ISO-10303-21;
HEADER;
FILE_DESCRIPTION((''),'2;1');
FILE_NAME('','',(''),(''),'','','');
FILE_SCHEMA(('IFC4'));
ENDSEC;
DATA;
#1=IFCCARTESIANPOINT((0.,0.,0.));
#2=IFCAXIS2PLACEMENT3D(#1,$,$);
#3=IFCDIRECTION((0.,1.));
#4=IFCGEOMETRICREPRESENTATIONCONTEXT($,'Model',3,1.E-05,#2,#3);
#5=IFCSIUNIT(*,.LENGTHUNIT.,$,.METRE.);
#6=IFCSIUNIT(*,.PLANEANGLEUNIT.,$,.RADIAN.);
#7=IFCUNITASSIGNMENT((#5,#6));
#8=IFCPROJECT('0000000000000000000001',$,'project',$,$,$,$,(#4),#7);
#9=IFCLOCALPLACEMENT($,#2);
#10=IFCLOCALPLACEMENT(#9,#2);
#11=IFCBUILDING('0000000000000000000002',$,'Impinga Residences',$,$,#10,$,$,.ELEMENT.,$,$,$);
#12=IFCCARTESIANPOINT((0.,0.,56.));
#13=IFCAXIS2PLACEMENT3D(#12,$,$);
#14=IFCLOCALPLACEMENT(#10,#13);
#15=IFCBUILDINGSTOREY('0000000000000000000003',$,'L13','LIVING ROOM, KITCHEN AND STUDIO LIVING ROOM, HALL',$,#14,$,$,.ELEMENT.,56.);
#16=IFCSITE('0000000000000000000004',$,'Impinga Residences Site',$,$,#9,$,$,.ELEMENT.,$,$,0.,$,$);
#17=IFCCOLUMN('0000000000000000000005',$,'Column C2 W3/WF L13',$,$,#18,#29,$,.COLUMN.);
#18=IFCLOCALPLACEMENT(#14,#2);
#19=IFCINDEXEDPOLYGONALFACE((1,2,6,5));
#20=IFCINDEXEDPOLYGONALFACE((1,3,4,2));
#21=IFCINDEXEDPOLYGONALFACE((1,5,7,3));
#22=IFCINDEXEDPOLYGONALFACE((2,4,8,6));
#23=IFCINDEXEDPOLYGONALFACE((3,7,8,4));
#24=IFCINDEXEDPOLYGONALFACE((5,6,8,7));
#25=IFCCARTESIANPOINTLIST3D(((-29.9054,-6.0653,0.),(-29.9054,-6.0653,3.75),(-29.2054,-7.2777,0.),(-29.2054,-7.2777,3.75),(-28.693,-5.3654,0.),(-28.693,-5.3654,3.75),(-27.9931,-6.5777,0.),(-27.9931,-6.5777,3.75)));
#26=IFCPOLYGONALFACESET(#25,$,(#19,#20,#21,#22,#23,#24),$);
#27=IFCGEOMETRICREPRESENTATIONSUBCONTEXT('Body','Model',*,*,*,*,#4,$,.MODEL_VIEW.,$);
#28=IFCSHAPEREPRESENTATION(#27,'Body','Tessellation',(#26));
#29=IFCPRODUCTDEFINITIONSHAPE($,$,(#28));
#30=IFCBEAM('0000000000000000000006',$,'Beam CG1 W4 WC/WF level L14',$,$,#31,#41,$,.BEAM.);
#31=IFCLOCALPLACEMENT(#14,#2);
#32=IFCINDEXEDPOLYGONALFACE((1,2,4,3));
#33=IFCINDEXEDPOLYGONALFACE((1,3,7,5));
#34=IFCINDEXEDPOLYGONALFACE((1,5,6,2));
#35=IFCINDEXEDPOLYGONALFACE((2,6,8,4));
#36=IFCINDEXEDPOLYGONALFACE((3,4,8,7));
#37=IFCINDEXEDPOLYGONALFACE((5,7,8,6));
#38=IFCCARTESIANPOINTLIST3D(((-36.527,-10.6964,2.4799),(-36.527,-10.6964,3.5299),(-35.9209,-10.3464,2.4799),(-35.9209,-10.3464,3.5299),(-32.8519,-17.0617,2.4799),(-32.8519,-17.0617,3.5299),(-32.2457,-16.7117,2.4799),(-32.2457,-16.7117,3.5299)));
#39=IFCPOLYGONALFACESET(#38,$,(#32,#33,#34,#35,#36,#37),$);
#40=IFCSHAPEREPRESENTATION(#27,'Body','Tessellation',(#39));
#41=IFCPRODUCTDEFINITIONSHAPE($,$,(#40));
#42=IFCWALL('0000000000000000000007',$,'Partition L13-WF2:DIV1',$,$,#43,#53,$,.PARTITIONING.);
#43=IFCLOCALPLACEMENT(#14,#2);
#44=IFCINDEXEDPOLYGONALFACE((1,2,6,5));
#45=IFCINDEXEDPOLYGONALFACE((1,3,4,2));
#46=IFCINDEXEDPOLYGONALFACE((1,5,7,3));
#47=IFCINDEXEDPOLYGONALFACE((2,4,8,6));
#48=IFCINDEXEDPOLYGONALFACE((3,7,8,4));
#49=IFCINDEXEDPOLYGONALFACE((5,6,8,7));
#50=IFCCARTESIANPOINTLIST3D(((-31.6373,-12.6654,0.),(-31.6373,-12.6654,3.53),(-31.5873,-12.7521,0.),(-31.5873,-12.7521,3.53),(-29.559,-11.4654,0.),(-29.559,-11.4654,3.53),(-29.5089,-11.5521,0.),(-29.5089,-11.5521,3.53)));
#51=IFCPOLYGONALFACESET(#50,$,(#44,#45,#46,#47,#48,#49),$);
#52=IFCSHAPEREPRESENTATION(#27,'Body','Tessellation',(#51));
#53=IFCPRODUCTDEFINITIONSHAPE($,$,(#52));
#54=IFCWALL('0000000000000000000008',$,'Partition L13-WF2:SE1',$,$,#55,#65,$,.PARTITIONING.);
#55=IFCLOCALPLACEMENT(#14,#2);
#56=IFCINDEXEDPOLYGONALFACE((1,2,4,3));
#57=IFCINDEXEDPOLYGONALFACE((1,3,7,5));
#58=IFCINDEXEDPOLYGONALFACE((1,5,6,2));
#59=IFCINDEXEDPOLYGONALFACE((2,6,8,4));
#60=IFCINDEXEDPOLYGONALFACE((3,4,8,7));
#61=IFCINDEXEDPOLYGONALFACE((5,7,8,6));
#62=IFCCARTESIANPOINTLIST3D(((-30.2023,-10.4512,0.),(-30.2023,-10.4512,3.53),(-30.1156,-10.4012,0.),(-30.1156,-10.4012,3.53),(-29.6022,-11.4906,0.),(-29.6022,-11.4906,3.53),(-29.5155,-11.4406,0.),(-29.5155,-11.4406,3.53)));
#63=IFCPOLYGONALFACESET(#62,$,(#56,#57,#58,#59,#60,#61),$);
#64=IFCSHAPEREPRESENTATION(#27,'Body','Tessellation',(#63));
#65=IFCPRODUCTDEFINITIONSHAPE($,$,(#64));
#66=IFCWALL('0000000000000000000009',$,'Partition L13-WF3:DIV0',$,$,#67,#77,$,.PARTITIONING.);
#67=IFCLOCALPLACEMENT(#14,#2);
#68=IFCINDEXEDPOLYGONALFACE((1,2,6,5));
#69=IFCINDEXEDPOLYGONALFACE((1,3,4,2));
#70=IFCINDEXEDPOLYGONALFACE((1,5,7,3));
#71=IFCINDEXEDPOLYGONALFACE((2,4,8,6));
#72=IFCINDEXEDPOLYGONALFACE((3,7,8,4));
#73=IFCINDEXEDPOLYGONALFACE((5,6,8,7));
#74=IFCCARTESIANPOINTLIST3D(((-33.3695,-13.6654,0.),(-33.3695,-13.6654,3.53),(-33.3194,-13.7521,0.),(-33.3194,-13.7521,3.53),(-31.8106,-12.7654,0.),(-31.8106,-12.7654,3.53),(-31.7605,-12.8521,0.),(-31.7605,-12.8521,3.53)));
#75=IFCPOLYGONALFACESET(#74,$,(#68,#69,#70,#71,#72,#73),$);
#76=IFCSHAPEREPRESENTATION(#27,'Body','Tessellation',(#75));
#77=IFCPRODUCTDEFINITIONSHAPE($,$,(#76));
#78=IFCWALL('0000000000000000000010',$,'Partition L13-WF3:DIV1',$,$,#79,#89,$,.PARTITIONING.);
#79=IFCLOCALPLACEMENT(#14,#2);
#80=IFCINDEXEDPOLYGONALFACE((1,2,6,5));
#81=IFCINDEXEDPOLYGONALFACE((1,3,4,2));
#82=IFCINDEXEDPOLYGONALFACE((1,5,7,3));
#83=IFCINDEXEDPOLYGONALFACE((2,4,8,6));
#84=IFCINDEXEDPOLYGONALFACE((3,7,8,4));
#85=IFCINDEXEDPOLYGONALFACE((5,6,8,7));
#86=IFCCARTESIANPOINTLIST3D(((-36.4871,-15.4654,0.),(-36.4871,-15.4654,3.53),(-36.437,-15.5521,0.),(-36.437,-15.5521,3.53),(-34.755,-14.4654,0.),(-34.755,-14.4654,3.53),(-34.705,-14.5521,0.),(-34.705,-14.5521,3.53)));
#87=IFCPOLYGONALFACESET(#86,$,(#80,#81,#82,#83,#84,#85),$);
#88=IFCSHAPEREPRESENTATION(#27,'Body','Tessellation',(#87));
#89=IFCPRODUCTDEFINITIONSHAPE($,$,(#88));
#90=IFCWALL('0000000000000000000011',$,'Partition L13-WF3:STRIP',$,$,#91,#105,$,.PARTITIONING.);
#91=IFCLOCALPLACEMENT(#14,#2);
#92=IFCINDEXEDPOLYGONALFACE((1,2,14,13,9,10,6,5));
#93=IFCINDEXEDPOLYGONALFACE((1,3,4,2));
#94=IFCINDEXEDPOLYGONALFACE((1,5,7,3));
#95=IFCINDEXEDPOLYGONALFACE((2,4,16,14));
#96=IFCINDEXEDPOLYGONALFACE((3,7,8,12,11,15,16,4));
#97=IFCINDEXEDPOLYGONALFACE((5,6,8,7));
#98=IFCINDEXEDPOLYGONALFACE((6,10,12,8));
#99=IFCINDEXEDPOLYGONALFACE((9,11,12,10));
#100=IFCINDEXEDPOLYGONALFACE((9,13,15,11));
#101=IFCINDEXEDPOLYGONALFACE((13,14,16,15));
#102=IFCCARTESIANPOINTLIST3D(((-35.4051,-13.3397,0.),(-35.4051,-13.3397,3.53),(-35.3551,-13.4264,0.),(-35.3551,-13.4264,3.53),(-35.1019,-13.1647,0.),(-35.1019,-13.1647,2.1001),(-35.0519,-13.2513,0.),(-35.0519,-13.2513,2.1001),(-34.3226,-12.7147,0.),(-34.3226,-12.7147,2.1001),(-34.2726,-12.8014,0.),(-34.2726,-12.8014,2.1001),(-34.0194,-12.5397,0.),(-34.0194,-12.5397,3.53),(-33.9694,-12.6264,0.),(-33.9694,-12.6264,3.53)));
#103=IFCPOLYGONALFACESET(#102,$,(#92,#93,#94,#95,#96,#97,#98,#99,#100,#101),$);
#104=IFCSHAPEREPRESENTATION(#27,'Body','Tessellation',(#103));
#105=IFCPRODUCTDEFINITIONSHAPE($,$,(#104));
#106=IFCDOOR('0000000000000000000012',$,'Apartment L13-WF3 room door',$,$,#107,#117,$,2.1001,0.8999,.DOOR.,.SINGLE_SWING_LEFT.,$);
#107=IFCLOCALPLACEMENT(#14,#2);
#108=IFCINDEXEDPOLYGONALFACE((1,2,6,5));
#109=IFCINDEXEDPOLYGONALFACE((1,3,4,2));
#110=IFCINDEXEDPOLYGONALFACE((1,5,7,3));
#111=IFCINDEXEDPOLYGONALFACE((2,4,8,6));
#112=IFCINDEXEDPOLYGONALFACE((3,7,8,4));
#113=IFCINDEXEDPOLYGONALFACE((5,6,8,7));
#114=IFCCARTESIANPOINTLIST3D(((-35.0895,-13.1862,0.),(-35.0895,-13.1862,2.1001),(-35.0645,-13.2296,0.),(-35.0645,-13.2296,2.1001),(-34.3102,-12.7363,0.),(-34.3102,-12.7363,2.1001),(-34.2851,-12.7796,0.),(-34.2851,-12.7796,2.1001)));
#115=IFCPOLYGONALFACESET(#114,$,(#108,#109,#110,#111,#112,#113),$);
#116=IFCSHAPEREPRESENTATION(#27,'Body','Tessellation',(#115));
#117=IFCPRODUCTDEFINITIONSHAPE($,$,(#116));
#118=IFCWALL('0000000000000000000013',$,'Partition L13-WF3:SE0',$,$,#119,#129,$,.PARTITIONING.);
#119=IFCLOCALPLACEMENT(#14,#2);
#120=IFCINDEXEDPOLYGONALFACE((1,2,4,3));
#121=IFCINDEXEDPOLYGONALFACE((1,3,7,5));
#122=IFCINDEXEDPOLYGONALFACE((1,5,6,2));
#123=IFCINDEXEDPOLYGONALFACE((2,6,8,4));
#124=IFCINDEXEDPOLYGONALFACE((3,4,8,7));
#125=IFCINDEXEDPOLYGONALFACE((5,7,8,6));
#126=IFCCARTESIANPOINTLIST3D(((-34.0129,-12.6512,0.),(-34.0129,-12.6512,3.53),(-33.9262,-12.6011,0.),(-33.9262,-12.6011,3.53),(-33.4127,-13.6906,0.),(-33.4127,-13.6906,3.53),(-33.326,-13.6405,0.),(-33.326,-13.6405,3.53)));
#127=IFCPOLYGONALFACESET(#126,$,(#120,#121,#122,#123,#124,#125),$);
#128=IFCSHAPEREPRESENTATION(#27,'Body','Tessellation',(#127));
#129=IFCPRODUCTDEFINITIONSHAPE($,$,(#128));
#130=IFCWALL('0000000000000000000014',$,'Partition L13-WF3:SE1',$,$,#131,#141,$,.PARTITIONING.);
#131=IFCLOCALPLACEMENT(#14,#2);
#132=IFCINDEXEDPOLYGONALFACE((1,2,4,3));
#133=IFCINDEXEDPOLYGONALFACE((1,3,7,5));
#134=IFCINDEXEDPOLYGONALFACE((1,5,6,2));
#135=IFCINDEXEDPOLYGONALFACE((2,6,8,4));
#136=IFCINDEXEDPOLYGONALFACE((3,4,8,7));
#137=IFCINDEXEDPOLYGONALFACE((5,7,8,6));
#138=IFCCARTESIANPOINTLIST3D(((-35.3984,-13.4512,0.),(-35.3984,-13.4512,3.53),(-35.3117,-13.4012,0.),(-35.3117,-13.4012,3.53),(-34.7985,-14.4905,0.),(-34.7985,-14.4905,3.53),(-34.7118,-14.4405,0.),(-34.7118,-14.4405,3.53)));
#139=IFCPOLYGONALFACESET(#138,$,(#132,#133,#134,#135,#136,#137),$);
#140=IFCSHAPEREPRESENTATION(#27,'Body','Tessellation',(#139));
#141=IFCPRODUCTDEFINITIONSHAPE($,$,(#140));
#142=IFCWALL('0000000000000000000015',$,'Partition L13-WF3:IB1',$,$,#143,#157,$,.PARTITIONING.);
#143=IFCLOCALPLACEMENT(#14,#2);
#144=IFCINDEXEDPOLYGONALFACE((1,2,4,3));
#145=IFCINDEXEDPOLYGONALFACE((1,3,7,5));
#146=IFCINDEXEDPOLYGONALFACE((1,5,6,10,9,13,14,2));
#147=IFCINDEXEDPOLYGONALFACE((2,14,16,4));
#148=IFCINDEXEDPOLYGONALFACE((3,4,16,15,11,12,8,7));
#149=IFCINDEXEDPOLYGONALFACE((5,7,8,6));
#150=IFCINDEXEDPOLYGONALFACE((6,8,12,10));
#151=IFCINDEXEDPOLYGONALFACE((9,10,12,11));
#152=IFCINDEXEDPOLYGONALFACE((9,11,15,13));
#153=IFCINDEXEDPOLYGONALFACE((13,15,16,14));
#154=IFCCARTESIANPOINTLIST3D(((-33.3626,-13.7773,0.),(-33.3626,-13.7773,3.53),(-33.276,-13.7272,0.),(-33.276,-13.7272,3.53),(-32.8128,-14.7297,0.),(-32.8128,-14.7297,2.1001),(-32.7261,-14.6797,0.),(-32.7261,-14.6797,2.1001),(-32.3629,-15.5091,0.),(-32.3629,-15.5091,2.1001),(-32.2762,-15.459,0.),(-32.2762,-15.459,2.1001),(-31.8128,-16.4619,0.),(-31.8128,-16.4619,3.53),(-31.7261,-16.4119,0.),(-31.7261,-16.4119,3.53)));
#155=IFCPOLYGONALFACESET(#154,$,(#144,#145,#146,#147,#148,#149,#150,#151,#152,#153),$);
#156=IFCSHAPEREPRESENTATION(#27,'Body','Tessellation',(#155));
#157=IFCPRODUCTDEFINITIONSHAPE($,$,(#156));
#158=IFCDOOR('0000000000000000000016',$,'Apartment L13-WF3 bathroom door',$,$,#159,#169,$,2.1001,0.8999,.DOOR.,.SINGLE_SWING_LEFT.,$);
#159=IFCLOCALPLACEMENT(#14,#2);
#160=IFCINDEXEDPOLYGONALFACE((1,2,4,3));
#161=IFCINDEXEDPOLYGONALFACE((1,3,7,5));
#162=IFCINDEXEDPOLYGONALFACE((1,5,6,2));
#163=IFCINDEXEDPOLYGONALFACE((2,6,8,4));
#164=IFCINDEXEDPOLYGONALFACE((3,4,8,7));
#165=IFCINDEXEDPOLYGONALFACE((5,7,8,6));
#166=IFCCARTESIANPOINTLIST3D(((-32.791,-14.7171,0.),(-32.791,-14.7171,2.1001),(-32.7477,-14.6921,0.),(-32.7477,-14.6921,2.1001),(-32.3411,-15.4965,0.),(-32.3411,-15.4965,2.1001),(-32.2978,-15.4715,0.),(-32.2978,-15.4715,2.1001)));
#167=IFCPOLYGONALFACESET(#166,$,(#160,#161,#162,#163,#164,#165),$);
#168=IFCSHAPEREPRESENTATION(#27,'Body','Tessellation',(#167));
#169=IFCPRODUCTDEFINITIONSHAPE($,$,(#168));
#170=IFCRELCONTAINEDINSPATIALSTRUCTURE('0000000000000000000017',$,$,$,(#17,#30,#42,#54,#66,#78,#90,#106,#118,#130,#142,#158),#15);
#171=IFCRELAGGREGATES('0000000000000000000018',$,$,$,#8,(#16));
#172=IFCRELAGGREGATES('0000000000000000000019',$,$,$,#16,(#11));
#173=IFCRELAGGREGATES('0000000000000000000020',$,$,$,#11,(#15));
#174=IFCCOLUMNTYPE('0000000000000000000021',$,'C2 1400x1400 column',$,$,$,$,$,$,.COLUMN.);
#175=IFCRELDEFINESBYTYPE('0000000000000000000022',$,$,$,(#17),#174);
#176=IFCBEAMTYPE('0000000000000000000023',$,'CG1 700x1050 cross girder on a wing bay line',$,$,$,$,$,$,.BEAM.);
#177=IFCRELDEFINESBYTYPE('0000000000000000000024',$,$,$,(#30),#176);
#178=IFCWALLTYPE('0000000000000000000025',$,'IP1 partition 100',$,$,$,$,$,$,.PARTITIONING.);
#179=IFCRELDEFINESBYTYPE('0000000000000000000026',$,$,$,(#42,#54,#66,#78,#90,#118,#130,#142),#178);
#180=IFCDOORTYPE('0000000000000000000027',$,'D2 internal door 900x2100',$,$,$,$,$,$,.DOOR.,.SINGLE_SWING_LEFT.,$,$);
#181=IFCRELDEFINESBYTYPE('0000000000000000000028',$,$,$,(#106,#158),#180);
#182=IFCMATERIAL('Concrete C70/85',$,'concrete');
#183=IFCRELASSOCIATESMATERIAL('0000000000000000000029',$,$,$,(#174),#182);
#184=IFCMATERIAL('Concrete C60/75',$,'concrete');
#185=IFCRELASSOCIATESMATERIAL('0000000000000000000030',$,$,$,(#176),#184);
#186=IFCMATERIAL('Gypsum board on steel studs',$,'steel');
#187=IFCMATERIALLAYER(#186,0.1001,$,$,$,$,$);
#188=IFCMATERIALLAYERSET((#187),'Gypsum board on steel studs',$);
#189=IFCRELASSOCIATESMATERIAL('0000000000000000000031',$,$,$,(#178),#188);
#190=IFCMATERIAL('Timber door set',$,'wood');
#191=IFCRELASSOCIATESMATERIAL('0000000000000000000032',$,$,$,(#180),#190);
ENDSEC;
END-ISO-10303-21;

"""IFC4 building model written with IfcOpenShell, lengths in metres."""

from ifc_helpers import new_model, si_unit, direction, frame, frame_2d, origin, origin_2d, place, context, subcontext, project, spatial, rectangle, extrude, material, layer, layer_set, material_profile, profile_set, type_object, element, fill, save


model = new_model("IFC4")

# Units and contexts
model_context = context("Model", 3, precision=1e-05, world=origin(), true_north=direction((0.0, 1.0)))
body_context = subcontext(model_context, "Body", "Model", "MODEL_VIEW")
ifc_project = project(units=[si_unit("LENGTHUNIT", "METRE"), si_unit("PLANEANGLEUNIT", "RADIAN")], contexts=[model_context])

# Site, building, storey
site_placement = place(None, origin())
site = spatial("IfcSite", under=ifc_project, at=site_placement, Name="Impinga Residences Site", CompositionType="ELEMENT", RefElevation=0.0)
building_placement = place(site_placement, origin())
building = spatial("IfcBuilding", under=site, at=building_placement, Name="Impinga Residences", CompositionType="ELEMENT")
storey_placement = place(building_placement, frame((0.0, 0.0, 56.0)))
storey = spatial("IfcBuildingStorey", under=building, at=storey_placement, Name="L13", Description="LIVING ROOM, KITCHEN AND STUDIO LIVING ROOM, HALL", CompositionType="ELEMENT", Elevation=56.0)

# Column
ifc_material_1 = material(Name="Concrete C70/85", Category="concrete")
ifc_material_profile_1 = material_profile(ifc_material_1, rectangle(XDim=1.3999, YDim=1.3999, at=origin_2d()), Name="RC 1400x1400")
ifc_profile_set_1 = profile_set([ifc_material_profile_1], Name="Concrete C70/85")
column_type = type_object("IfcColumnType", Name="C2 1400x1400 column", PredefinedType="COLUMN", material=ifc_profile_set_1)
column_placement = place(storey_placement, frame((-28.9492, -6.3215, 0.0), z_axis=(0.0, 0.0, 1.0), x_axis=(-0.5, 0.866025, 0.0)))
element("IfcColumn", 1, at=column_placement, inside=storey, type_object=column_type, Name="Column C2 W3/WF L13", PredefinedType="COLUMN", context=body_context, shape_type="SweptSolid", body=[
    extrude(rectangle(XDim=1.3999, YDim=1.3999, at=origin_2d()), origin(), (0.0, 0.0, 1.0), 3.75),
])

# Beam
ifc_material_2 = material(Name="Concrete C60/75", Category="concrete")
ifc_material_profile_2 = material_profile(ifc_material_2, rectangle(XDim=0.7, YDim=1.05, at=origin_2d()), Name="RC 700x1050")
ifc_profile_set_2 = profile_set([ifc_material_profile_2], Name="Concrete C60/75")
beam_type = type_object("IfcBeamType", Name="CG1 700x1050 cross girder on a wing bay line", PredefinedType="BEAM", material=ifc_profile_set_2)
beam_placement = place(storey_placement, frame((-32.5488, -16.8867, 3.0049), z_axis=(-0.500008, 0.866021, 0.0), x_axis=(-0.866021, -0.500008, 0.0)))
element("IfcBeam", 2, at=beam_placement, inside=storey, type_object=beam_type, Name="Beam CG1 W4 WC/WF level L14", PredefinedType="BEAM", context=body_context, shape_type="SweptSolid", body=[
    extrude(rectangle(XDim=0.7, YDim=1.05, at=origin_2d()), origin(), (0.0, 0.0, 1.0), 7.3501),
])

# Walls
ifc_material_3 = material(Name="Gypsum board on steel studs", Category="steel")
ifc_layer_1 = layer(ifc_material_3, 0.1001)
ifc_layer_set_1 = layer_set([ifc_layer_1], Name="Gypsum board on steel studs")
wall_type_1 = type_object("IfcWallType", Name="IP1 partition 100", PredefinedType="PARTITIONING", material=ifc_layer_set_1)
wall_1_placement = place(storey_placement, frame((-29.5339, -11.5088, 0.0), z_axis=(0.0, 0.0, 1.0), x_axis=(-0.866025, -0.500001, 0.0)))
element("IfcWall", 3, at=wall_1_placement, inside=storey, type_object=wall_type_1, Name="Partition L13-WF2:DIV1", PredefinedType="PARTITIONING", context=body_context, shape_type="SweptSolid", body=[
    extrude(rectangle(XDim=2.3999, YDim=0.1001, at=frame_2d((1.2, 0.0))), origin(), (0.0, 0.0, 1.0), 3.53),
])
wall_2_placement = place(storey_placement, frame((-29.5588, -11.4656, 0.0), z_axis=(0.0, 0.0, 1.0), x_axis=(-0.500034, 0.866006, 0.0)))
element("IfcWall", 4, at=wall_2_placement, inside=storey, type_object=wall_type_1, Name="Partition L13-WF2:SE1", PredefinedType="PARTITIONING", context=body_context, shape_type="SweptSolid", body=[
    extrude(rectangle(XDim=1.2002, YDim=0.1001, at=frame_2d((0.6001, 0.0))), origin(), (0.0, 0.0, 1.0), 3.53),
])
wall_3_placement = place(storey_placement, frame((-31.7856, -12.8088, 0.0), z_axis=(0.0, 0.0, 1.0), x_axis=(-0.866048, -0.499961, 0.0)))
element("IfcWall", 5, at=wall_3_placement, inside=storey, type_object=wall_type_1, Name="Partition L13-WF3:DIV0", PredefinedType="PARTITIONING", context=body_context, shape_type="SweptSolid", body=[
    extrude(rectangle(XDim=1.8, YDim=0.1001, at=frame_2d((0.8999, 0.0))), origin(), (0.0, 0.0, 1.0), 3.53),
])
wall_4_placement = place(storey_placement, frame((-34.73, -14.5088, 0.0), z_axis=(0.0, 0.0, 1.0), x_axis=(-0.866041, -0.499973, 0.0)))
element("IfcWall", 6, at=wall_4_placement, inside=storey, type_object=wall_type_1, Name="Partition L13-WF3:DIV1", PredefinedType="PARTITIONING", context=body_context, shape_type="SweptSolid", body=[
    extrude(rectangle(XDim=2.0, YDim=0.1001, at=frame_2d((1.0, 0.0))), origin(), (0.0, 0.0, 1.0), 3.53),
])

# Wall, opening, door
wall_5_placement = place(storey_placement, frame((-33.9944, -12.583, 0.0), z_axis=(0.0, 0.0, 1.0), x_axis=(-0.866028, -0.499995, 0.0)))
wall_5 = element("IfcWall", 7, at=wall_5_placement, inside=storey, type_object=wall_type_1, Name="Partition L13-WF3:STRIP", PredefinedType="PARTITIONING", context=body_context, shape_type="SweptSolid", body=[
    extrude(rectangle(XDim=1.6001, YDim=0.1001, at=frame_2d((0.8, 0.0))), origin(), (0.0, 0.0, 1.0), 3.53),
])
opening_1_placement = place(wall_5_placement, frame((0.3501, 0.0, 0.0)))
opening_1 = element("IfcOpeningElement", 8, at=opening_1_placement, cuts=wall_5, PredefinedType="OPENING", context=body_context, shape_type="SweptSolid", body=[
    extrude(rectangle(XDim=0.8999, YDim=2.1001, at=frame_2d((0.45, 1.05))), frame((0.0, 0.0601, 0.0), z_axis=(0.0, -1.0, 0.0), x_axis=(1.0, 0.0, 0.0)), (0.0, 0.0, 1.0), 0.1201),
])
ifc_material_4 = material(Name="Timber door set", Category="wood")
door_type = type_object("IfcDoorType", Name="D2 internal door 900x2100", OperationType="SINGLE_SWING_LEFT", PredefinedType="DOOR", material=ifc_material_4)
door_1_placement = place(opening_1_placement, origin())
door_1 = element("IfcDoor", 9, at=door_1_placement, inside=storey, type_object=door_type, Name="Apartment L13-WF3 room door", OperationType="SINGLE_SWING_LEFT", OverallHeight=2.1001, OverallWidth=0.8999, PredefinedType="DOOR", context=body_context, shape_type="SweptSolid", body=[
    extrude(rectangle(XDim=0.8999, YDim=2.1001, at=frame_2d((0.45, 1.05))), frame((0.0, 0.0249, 0.0), z_axis=(0.0, -1.0, 0.0), x_axis=(1.0, 0.0, 0.0)), (0.0, 0.0, 1.0), 0.05),
])
fill(opening_1, door_1)

# Walls
wall_6_placement = place(storey_placement, frame((-33.3694, -13.6655, 0.0), z_axis=(0.0, 0.0, 1.0), x_axis=(-0.500034, 0.866006, 0.0)))
element("IfcWall", 10, at=wall_6_placement, inside=storey, type_object=wall_type_1, Name="Partition L13-WF3:SE0", PredefinedType="PARTITIONING", context=body_context, shape_type="SweptSolid", body=[
    extrude(rectangle(XDim=1.2002, YDim=0.1001, at=frame_2d((0.6001, 0.0))), origin(), (0.0, 0.0, 1.0), 3.53),
])
wall_7_placement = place(storey_placement, frame((-34.7551, -14.4656, 0.0), z_axis=(0.0, 0.0, 1.0), x_axis=(-0.499881, 0.866094, 0.0)))
element("IfcWall", 11, at=wall_7_placement, inside=storey, type_object=wall_type_1, Name="Partition L13-WF3:SE1", PredefinedType="PARTITIONING", context=body_context, shape_type="SweptSolid", body=[
    extrude(rectangle(XDim=1.2, YDim=0.1001, at=frame_2d((0.6001, 0.0))), origin(), (0.0, 0.0, 1.0), 3.53),
])

# Wall, opening, door
wall_8_placement = place(storey_placement, frame((-31.7695, -16.4368, 0.0), z_axis=(0.0, 0.0, 1.0), x_axis=(-0.499968, 0.866044, 0.0)))
wall_8 = element("IfcWall", 12, at=wall_8_placement, inside=storey, type_object=wall_type_1, Name="Partition L13-WF3:IB1", PredefinedType="PARTITIONING", context=body_context, shape_type="SweptSolid", body=[
    extrude(rectangle(XDim=3.0999, YDim=0.1001, at=frame_2d((1.5498, 0.0))), origin(), (0.0, 0.0, 1.0), 3.53),
])
opening_2_placement = place(wall_8_placement, frame((1.1001, 0.0, 0.0)))
opening_2 = element("IfcOpeningElement", 13, at=opening_2_placement, cuts=wall_8, PredefinedType="OPENING", context=body_context, shape_type="SweptSolid", body=[
    extrude(rectangle(XDim=0.8999, YDim=2.1001, at=frame_2d((0.45, 1.05))), frame((0.0, 0.0601, 0.0), z_axis=(0.0, -1.0, 0.0), x_axis=(1.0, 0.0, 0.0)), (0.0, 0.0, 1.0), 0.1201),
])
door_2_placement = place(opening_2_placement, origin())
door_2 = element("IfcDoor", 14, at=door_2_placement, inside=storey, type_object=door_type, Name="Apartment L13-WF3 bathroom door", OperationType="SINGLE_SWING_LEFT", OverallHeight=2.1001, OverallWidth=0.8999, PredefinedType="DOOR", context=body_context, shape_type="SweptSolid", body=[
    extrude(rectangle(XDim=0.8999, YDim=2.1001, at=frame_2d((0.45, 1.05))), frame((0.0, 0.0249, 0.0), z_axis=(0.0, -1.0, 0.0), x_axis=(1.0, 0.0, 0.0)), (0.0, 0.0, 1.0), 0.05),
])
fill(opening_2, door_2)

save(model, "model.ifc")
